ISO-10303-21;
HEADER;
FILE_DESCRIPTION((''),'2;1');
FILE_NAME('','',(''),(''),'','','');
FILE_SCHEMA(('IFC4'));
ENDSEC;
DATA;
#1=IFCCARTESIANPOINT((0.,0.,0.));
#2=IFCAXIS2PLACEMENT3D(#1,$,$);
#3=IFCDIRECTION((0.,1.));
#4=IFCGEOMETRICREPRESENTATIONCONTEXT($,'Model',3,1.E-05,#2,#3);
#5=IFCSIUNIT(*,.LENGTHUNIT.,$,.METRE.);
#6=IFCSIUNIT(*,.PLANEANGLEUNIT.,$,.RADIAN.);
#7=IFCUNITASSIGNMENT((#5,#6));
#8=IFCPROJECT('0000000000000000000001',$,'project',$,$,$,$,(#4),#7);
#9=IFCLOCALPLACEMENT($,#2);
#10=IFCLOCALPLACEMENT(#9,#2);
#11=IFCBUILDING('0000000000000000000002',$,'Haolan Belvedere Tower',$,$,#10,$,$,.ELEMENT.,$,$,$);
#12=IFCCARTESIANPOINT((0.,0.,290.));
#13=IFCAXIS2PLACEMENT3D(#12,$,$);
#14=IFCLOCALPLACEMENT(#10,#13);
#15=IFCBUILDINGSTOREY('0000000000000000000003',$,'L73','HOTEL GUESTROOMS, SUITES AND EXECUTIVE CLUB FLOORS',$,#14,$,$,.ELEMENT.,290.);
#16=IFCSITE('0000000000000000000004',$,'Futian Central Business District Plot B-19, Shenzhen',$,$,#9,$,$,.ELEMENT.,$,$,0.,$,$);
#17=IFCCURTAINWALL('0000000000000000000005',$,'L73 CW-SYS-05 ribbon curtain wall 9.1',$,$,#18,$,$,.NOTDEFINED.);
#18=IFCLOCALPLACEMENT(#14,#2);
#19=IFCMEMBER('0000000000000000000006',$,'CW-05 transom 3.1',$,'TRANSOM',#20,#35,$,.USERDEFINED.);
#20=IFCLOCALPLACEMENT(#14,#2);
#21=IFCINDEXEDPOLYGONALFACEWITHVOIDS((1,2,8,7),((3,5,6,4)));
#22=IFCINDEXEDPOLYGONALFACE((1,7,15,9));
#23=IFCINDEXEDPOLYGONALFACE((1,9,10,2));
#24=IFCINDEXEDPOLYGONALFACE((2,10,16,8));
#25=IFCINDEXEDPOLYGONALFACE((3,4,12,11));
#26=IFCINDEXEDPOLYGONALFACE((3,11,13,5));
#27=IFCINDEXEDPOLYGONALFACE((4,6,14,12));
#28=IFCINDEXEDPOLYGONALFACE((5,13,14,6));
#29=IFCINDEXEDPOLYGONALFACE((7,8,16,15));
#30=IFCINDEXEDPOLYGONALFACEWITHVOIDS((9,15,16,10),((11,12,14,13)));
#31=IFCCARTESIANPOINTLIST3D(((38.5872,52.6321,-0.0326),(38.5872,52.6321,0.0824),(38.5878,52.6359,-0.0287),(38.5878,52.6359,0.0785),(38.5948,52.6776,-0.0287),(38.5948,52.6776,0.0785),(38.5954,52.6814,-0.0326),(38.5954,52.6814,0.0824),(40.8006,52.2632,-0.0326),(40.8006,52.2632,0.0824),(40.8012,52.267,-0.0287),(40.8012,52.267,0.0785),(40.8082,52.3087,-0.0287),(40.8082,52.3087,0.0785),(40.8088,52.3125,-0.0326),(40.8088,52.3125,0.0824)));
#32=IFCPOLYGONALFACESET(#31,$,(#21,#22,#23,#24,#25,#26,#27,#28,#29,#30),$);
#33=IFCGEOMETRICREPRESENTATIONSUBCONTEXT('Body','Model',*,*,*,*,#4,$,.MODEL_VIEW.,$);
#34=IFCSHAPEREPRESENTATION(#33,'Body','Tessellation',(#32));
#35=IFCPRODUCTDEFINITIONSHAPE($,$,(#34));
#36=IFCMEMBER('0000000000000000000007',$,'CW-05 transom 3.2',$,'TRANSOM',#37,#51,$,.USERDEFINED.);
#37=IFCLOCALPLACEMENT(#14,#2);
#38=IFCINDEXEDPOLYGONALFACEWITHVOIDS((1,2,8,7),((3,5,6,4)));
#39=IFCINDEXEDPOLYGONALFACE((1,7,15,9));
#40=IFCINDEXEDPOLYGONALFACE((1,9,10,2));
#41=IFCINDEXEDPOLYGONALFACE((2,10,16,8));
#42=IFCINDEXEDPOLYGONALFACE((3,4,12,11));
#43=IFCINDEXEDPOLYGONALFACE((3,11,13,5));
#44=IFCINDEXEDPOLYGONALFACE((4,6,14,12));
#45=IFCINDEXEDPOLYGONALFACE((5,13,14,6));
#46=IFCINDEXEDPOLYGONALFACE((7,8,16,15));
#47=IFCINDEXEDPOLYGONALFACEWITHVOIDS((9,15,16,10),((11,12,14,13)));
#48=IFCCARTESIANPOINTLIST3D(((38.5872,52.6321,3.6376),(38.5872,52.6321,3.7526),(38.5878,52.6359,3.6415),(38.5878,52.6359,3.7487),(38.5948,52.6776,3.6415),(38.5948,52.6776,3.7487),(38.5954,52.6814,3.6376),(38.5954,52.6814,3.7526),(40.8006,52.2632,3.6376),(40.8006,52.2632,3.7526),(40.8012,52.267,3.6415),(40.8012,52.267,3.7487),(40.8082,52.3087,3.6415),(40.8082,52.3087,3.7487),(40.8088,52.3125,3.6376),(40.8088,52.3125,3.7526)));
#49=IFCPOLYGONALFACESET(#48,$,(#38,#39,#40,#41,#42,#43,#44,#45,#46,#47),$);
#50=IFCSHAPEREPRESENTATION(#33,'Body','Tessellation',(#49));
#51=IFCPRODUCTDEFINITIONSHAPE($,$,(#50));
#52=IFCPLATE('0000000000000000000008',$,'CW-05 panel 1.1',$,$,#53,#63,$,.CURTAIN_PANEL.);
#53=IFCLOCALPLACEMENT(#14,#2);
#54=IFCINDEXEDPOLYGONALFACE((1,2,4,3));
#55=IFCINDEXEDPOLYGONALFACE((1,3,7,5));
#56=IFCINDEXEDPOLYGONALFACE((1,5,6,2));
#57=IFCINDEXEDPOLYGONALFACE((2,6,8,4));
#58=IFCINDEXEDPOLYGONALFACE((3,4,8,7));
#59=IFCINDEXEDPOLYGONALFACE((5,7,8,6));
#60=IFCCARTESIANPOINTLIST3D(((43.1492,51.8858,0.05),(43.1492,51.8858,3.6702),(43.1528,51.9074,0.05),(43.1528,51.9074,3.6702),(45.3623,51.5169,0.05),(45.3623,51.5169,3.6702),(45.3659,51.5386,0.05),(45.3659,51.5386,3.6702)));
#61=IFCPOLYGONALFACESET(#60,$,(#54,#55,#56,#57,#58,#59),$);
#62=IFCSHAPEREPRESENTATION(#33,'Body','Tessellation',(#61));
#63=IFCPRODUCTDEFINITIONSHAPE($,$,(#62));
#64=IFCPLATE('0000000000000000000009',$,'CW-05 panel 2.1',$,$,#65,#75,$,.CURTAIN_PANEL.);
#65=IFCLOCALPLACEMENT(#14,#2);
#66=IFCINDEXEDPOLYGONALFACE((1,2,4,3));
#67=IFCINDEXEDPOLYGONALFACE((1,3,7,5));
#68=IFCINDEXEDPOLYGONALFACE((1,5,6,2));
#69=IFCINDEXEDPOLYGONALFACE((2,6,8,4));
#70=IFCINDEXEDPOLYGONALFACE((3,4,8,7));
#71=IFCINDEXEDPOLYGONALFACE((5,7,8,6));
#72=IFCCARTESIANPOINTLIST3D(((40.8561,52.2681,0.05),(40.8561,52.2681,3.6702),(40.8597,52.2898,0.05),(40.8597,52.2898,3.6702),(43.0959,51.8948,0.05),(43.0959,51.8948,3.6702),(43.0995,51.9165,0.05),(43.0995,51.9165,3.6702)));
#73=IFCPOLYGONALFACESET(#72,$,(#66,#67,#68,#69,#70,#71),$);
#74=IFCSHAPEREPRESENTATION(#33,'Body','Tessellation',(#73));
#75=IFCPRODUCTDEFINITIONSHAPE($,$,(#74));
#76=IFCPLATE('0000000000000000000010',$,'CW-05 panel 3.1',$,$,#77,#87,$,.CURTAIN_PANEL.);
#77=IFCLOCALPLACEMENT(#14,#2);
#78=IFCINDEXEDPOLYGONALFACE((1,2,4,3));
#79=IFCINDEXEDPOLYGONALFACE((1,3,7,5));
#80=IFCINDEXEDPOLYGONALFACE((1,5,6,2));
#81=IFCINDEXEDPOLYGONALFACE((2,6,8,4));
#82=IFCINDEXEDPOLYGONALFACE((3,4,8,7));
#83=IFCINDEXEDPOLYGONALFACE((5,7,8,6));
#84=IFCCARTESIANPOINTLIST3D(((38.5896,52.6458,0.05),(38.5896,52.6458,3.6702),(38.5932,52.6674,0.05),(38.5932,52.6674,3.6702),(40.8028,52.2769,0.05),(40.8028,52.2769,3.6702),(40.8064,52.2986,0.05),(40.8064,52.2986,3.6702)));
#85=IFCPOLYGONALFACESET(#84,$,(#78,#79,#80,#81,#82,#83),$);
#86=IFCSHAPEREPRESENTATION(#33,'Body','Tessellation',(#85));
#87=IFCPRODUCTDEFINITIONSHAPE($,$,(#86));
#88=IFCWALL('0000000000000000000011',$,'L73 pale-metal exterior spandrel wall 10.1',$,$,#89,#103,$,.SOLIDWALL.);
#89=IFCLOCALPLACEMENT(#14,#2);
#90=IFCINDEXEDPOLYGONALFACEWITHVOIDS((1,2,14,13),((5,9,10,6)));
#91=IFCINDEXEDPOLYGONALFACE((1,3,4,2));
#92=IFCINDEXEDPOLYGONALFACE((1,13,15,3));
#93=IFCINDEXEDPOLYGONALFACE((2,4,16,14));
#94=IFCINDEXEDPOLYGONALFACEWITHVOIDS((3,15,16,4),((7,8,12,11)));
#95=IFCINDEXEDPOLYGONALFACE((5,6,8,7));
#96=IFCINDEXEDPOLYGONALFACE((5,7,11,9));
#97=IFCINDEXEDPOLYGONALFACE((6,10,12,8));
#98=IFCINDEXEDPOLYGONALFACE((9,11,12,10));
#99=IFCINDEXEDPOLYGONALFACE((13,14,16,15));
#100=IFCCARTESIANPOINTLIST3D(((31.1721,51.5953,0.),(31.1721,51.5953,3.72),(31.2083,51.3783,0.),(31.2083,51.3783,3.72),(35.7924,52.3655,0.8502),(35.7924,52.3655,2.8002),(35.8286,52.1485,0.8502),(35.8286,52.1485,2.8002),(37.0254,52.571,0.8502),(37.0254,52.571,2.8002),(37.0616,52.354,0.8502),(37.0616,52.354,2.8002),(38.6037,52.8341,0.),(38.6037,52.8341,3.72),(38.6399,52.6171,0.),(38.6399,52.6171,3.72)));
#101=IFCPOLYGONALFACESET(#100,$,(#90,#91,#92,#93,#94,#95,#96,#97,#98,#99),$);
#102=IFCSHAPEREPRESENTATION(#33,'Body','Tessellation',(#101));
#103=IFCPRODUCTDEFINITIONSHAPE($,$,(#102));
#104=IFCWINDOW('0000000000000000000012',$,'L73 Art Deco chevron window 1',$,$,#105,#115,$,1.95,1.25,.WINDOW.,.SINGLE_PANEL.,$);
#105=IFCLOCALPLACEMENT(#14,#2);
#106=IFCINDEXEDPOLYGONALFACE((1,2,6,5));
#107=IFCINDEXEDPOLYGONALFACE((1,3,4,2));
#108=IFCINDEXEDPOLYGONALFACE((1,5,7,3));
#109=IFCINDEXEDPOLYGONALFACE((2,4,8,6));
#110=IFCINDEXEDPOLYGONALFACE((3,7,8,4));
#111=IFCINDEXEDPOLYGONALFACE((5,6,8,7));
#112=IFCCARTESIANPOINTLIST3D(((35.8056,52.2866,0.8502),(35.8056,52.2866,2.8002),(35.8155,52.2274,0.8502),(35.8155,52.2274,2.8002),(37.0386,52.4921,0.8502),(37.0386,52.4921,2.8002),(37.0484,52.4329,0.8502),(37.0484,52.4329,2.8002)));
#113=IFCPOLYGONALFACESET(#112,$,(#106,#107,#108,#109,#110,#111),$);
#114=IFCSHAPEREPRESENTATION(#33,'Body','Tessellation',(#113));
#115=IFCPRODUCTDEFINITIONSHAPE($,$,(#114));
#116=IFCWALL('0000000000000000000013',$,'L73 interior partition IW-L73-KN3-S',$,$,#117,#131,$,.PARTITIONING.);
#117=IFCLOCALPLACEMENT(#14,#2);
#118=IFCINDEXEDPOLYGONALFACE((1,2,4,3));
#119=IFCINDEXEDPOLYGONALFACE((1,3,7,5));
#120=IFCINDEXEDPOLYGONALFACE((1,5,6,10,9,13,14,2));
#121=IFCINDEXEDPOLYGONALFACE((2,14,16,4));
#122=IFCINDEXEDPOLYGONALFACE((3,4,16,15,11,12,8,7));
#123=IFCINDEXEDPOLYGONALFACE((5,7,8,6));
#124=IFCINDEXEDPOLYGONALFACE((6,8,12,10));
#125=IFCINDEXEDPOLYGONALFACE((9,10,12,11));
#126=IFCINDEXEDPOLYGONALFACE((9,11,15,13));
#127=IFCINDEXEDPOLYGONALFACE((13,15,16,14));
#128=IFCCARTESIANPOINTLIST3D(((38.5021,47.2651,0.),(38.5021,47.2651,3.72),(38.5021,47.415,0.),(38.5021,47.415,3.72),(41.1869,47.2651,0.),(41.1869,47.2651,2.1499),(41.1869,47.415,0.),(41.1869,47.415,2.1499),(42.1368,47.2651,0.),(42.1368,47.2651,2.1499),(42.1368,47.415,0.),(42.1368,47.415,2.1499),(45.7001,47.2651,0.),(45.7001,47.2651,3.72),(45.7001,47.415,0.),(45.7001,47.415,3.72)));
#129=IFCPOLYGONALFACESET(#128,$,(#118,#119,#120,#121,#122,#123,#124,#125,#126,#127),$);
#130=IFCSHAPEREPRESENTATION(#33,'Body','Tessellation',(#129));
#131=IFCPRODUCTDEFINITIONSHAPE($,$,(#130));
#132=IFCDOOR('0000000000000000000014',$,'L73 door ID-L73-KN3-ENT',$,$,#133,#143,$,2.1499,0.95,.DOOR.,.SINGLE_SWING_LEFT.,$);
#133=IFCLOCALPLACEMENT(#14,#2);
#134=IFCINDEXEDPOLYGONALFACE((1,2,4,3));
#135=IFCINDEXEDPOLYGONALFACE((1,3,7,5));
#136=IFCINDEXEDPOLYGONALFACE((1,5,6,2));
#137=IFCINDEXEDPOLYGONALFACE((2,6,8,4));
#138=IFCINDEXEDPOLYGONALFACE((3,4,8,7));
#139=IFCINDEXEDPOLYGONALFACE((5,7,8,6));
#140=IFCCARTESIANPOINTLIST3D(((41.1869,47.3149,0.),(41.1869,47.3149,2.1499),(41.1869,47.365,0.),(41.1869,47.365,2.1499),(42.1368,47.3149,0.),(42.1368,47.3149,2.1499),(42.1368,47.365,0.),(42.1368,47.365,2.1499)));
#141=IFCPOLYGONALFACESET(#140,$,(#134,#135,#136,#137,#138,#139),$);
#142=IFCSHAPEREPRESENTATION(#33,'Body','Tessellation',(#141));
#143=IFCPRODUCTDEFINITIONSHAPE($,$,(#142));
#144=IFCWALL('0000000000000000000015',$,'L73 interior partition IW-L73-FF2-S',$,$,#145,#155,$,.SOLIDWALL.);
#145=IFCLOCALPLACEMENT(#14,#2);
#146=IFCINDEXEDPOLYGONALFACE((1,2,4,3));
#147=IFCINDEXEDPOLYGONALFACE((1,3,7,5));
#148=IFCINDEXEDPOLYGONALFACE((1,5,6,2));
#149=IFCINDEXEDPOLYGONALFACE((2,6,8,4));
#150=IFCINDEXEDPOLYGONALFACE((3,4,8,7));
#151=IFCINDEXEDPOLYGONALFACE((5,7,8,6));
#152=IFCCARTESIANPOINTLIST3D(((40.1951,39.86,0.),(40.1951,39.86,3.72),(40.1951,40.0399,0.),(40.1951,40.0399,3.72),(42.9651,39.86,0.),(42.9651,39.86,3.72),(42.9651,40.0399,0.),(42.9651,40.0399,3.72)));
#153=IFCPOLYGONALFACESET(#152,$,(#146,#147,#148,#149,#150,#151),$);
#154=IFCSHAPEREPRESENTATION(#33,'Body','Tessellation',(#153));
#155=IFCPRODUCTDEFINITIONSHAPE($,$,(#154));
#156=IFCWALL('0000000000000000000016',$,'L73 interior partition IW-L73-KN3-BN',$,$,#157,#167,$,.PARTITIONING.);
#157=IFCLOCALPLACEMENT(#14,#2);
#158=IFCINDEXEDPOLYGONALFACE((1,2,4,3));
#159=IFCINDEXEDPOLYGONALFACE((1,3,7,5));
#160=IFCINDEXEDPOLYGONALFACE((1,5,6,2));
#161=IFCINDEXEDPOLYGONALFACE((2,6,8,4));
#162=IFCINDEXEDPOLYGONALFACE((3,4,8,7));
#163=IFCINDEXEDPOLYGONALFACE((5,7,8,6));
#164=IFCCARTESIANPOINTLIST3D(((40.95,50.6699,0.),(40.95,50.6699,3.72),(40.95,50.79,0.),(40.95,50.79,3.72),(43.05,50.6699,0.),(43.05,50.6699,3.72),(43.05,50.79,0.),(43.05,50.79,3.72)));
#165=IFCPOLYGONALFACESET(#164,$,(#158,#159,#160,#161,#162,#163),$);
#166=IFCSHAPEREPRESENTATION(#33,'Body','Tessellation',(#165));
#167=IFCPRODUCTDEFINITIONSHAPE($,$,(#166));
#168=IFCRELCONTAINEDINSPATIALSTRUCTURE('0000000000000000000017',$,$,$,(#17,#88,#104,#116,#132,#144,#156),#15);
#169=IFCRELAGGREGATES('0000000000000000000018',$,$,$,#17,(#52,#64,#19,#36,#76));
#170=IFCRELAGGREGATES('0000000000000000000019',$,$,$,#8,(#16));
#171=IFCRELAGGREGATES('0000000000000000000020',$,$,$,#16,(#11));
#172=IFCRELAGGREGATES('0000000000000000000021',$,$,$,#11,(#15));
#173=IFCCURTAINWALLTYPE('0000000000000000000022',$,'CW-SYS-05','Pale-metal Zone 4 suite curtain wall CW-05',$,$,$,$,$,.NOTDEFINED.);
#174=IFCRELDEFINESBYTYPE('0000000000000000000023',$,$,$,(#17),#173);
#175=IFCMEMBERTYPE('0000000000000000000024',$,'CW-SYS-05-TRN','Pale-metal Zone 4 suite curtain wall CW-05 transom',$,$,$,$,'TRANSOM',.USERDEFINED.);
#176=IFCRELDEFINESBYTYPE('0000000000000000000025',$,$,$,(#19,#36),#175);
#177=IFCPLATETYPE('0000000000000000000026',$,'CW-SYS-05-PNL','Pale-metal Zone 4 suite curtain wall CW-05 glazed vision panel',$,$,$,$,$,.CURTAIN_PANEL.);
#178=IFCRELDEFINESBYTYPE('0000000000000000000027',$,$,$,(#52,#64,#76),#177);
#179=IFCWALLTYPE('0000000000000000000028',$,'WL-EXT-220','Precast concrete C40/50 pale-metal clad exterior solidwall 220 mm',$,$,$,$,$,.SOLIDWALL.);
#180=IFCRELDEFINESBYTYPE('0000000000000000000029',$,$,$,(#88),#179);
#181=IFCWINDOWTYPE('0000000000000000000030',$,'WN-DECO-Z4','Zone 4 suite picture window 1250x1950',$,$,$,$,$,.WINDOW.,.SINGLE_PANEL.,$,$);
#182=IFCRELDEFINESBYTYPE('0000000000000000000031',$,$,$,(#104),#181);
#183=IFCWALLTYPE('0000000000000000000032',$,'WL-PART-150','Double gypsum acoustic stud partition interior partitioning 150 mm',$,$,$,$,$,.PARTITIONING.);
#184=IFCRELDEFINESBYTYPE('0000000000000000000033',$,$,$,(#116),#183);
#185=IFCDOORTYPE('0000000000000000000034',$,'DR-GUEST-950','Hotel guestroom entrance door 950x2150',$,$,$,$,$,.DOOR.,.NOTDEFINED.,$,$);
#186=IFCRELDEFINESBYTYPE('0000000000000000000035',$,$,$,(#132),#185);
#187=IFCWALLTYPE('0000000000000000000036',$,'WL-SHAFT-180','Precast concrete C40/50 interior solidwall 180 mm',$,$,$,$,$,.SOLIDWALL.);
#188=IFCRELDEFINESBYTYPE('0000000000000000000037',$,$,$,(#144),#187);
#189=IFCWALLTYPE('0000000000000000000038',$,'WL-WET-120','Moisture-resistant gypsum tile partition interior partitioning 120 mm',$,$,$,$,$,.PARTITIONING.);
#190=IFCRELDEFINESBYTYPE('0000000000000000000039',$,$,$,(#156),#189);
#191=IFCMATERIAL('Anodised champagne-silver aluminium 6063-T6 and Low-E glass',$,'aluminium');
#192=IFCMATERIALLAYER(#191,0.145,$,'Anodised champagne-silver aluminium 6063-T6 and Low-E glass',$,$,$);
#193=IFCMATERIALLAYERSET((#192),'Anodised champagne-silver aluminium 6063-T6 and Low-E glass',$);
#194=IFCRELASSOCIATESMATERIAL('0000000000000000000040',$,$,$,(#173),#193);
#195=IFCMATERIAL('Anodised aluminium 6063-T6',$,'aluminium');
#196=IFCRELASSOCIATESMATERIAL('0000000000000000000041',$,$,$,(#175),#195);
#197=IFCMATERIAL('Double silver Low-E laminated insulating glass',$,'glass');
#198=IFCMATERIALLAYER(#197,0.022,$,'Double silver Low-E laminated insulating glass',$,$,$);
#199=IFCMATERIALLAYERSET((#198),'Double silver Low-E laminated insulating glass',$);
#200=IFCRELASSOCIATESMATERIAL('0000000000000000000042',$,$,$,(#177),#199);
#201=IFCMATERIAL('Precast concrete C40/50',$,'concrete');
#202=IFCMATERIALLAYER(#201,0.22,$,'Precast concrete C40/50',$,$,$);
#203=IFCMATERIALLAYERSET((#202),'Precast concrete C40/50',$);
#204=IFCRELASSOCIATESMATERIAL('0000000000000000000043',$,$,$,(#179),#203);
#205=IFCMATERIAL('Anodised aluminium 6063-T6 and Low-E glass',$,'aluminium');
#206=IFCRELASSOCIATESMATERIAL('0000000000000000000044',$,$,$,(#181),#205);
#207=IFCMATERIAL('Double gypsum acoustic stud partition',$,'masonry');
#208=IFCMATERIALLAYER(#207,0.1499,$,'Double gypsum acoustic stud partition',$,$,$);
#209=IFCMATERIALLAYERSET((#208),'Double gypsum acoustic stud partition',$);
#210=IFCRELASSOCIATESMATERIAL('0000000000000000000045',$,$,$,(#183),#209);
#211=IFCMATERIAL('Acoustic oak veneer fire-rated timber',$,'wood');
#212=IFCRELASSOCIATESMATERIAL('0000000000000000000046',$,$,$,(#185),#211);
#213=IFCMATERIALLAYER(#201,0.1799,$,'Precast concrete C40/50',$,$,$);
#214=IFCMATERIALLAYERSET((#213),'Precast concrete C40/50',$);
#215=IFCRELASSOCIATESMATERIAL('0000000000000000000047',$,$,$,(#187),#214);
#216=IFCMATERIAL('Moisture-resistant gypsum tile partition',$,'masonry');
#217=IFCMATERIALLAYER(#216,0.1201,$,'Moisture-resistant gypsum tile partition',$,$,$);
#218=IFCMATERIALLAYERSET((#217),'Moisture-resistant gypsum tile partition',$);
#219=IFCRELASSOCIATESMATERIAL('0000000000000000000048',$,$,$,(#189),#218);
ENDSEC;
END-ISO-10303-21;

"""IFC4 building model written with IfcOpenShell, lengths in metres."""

from ifc_helpers import new_model, si_unit, direction, frame, frame_2d, origin, origin_2d, place, context, subcontext, project, spatial, rectangle, hollow_rectangle, extrude, material, layer, layer_set, material_profile, profile_set, type_object, element, fill, aggregate, save


model = new_model("IFC4")

# Units and contexts
model_context = context("Model", 3, precision=1e-05, world=origin(), true_north=direction((0.0, 1.0)))
body_context = subcontext(model_context, "Body", "Model", "MODEL_VIEW")
ifc_project = project(units=[si_unit("LENGTHUNIT", "METRE"), si_unit("PLANEANGLEUNIT", "RADIAN")], contexts=[model_context])

# Site, building, storey
site_placement = place(None, origin())
site = spatial("IfcSite", under=ifc_project, at=site_placement, Name="Futian Central Business District Plot B-19, Shenzhen", CompositionType="ELEMENT", RefElevation=0.0)
building_placement = place(site_placement, origin())
building = spatial("IfcBuilding", under=site, at=building_placement, Name="Haolan Belvedere Tower", CompositionType="ELEMENT")
storey_placement = place(building_placement, frame((0.0, 0.0, 290.0)))
storey = spatial("IfcBuildingStorey", under=building, at=storey_placement, Name="L73", Description="HOTEL GUESTROOMS, SUITES AND EXECUTIVE CLUB FLOORS", CompositionType="ELEMENT", Elevation=290.0)

# Curtain wall, members, plates
ifc_material_1 = material(Name="Anodised champagne-silver aluminium 6063-T6 and Low-E glass", Category="aluminium")
ifc_layer_1 = layer(ifc_material_1, 0.145, Name="Anodised champagne-silver aluminium 6063-T6 and Low-E glass")
ifc_layer_set_1 = layer_set([ifc_layer_1], Name="Anodised champagne-silver aluminium 6063-T6 and Low-E glass")
curtain_wall_type = type_object("IfcCurtainWallType", Name="CW-SYS-05", Description="Pale-metal Zone 4 suite curtain wall CW-05", PredefinedType="NOTDEFINED", material=ifc_layer_set_1)
curtain_wall_placement = place(storey_placement, origin())
curtain_wall = element("IfcCurtainWall", 1, at=curtain_wall_placement, inside=storey, type_object=curtain_wall_type, Name="L73 CW-SYS-05 ribbon curtain wall 9.1", PredefinedType="NOTDEFINED")
ifc_material_2 = material(Name="Anodised aluminium 6063-T6", Category="aluminium")
ifc_material_profile_1 = material_profile(ifc_material_2, hollow_rectangle(XDim=0.05, YDim=0.115, WallThickness=0.0039, at=origin_2d()), Name="Anodised aluminium 6063-T6")
ifc_profile_set_1 = profile_set([ifc_material_profile_1], Name="Anodised aluminium 6063-T6")
member_type_1 = type_object("IfcMemberType", Name="CW-SYS-05-TRN", Description="Pale-metal Zone 4 suite curtain wall CW-05 transom", ElementType="TRANSOM", PredefinedType="USERDEFINED", material=ifc_profile_set_1)
member_1_placement = place(storey_placement, frame((40.8047, 52.2878, 0.0249), z_axis=(-0.986394, 0.164399, 0.0), x_axis=(-0.164399, -0.986394, 0.0)))
member_1 = element("IfcMember", 2, at=member_1_placement, type_object=member_type_1, Name="CW-05 transom 3.1", ObjectType="TRANSOM", PredefinedType="USERDEFINED", context=body_context, shape_type="SweptSolid", body=[
    extrude(hollow_rectangle(XDim=0.05, YDim=0.115, WallThickness=0.0039, at=origin_2d()), origin(), (0.0, 0.0, 1.0), 2.2439),
])
member_2_placement = place(storey_placement, frame((40.8047, 52.2878, 3.6951), z_axis=(-0.986394, 0.164399, 0.0), x_axis=(-0.164399, -0.986394, 0.0)))
member_2 = element("IfcMember", 3, at=member_2_placement, type_object=member_type_1, Name="CW-05 transom 3.2", ObjectType="TRANSOM", PredefinedType="USERDEFINED", context=body_context, shape_type="SweptSolid", body=[
    extrude(hollow_rectangle(XDim=0.05, YDim=0.115, WallThickness=0.0039, at=origin_2d()), origin(), (0.0, 0.0, 1.0), 2.2439),
])
ifc_material_3 = material(Name="Double silver Low-E laminated insulating glass", Category="glass")
ifc_layer_2 = layer(ifc_material_3, 0.022, Name="Double silver Low-E laminated insulating glass")
ifc_layer_set_2 = layer_set([ifc_layer_2], Name="Double silver Low-E laminated insulating glass")
plate_type = type_object("IfcPlateType", Name="CW-SYS-05-PNL", Description="Pale-metal Zone 4 suite curtain wall CW-05 glazed vision panel", PredefinedType="CURTAIN_PANEL", material=ifc_layer_set_2)
plate_1_placement = place(storey_placement, frame((44.2576, 51.7122, 0.05), z_axis=(0.0, 0.0, 1.0), x_axis=(-0.986393, 0.164406, 0.0)))
plate_1 = element("IfcPlate", 4, at=plate_1_placement, type_object=plate_type, Name="CW-05 panel 1.1", PredefinedType="CURTAIN_PANEL", context=body_context, shape_type="SweptSolid", body=[
    extrude(rectangle(XDim=2.2437, YDim=0.022, at=origin_2d()), origin(), (0.0, 0.0, 1.0), 3.6201),
])
plate_2_placement = place(storey_placement, frame((41.9778, 52.0923, 0.05), z_axis=(0.0, 0.0, 1.0), x_axis=(-0.986393, 0.164406, 0.0)))
plate_2 = element("IfcPlate", 5, at=plate_2_placement, type_object=plate_type, Name="CW-05 panel 2.1", PredefinedType="CURTAIN_PANEL", context=body_context, shape_type="SweptSolid", body=[
    extrude(rectangle(XDim=2.2708, YDim=0.022, at=origin_2d()), origin(), (0.0, 0.0, 1.0), 3.6201),
])
plate_3_placement = place(storey_placement, frame((39.698, 52.4722, 0.05), z_axis=(0.0, 0.0, 1.0), x_axis=(-0.986393, 0.164406, 0.0)))
plate_3 = element("IfcPlate", 6, at=plate_3_placement, type_object=plate_type, Name="CW-05 panel 3.1", PredefinedType="CURTAIN_PANEL", context=body_context, shape_type="SweptSolid", body=[
    extrude(rectangle(XDim=2.2437, YDim=0.022, at=origin_2d()), origin(), (0.0, 0.0, 1.0), 3.6201),
])
aggregate(curtain_wall, [plate_1, plate_2, member_1, member_2, plate_3])

# Wall, opening, window
ifc_material_4 = material(Name="Precast concrete C40/50", Category="concrete")
ifc_layer_3 = layer(ifc_material_4, 0.22, Name="Precast concrete C40/50")
ifc_layer_set_3 = layer_set([ifc_layer_3], Name="Precast concrete C40/50")
wall_type_1 = type_object("IfcWallType", Name="WL-EXT-220", Description="Precast concrete C40/50 pale-metal clad exterior solidwall 220 mm", PredefinedType="SOLIDWALL", material=ifc_layer_set_3)
wall_1_placement = place(storey_placement, frame((38.6218, 52.7256, 0.0), z_axis=(0.0, 0.0, 1.0), x_axis=(-0.98639, -0.16442, 0.0)))
wall_1 = element("IfcWall", 7, at=wall_1_placement, inside=storey, type_object=wall_type_1, Name="L73 pale-metal exterior spandrel wall 10.1", PredefinedType="SOLIDWALL", context=body_context, shape_type="SweptSolid", body=[
    extrude(rectangle(XDim=7.5342, YDim=0.22, at=frame_2d((3.7671, 0.0))), origin(), (0.0, 0.0, 1.0), 3.72),
])
opening_1_placement = place(wall_1_placement, frame((1.6001, 0.0, 0.8501)))
opening_1 = element("IfcOpeningElement", 8, at=opening_1_placement, cuts=wall_1, PredefinedType="OPENING", context=body_context, shape_type="SweptSolid", body=[
    extrude(rectangle(XDim=1.25, YDim=1.95, at=frame_2d((0.625, 0.9751))), frame((0.0, 0.1199, 0.0), z_axis=(0.0, -1.0, 0.0), x_axis=(1.0, 0.0, 0.0)), (0.0, 0.0, 1.0), 0.24),
])
ifc_material_5 = material(Name="Anodised aluminium 6063-T6 and Low-E glass", Category="aluminium")
window_type = type_object("IfcWindowType", Name="WN-DECO-Z4", Description="Zone 4 suite picture window 1250x1950", PartitioningType="SINGLE_PANEL", PredefinedType="WINDOW", material=ifc_material_5)
window_placement = place(opening_1_placement, origin())
window = element("IfcWindow", 9, at=window_placement, inside=storey, type_object=window_type, Name="L73 Art Deco chevron window 1", OverallHeight=1.95, OverallWidth=1.25, PartitioningType="SINGLE_PANEL", PredefinedType="WINDOW", context=body_context, shape_type="SweptSolid", body=[
    extrude(rectangle(XDim=1.25, YDim=1.95, at=frame_2d((0.625, 0.9751))), frame((0.0, 0.03, 0.0), z_axis=(0.0, -1.0, 0.0), x_axis=(1.0, 0.0, 0.0)), (0.0, 0.0, 1.0), 0.0601),
])
fill(opening_1, window)

# Wall, opening, door
ifc_material_6 = material(Name="Double gypsum acoustic stud partition", Category="masonry")
ifc_layer_4 = layer(ifc_material_6, 0.1499, Name="Double gypsum acoustic stud partition")
ifc_layer_set_4 = layer_set([ifc_layer_4], Name="Double gypsum acoustic stud partition")
wall_type_2 = type_object("IfcWallType", Name="WL-PART-150", Description="Double gypsum acoustic stud partition interior partitioning 150 mm", PredefinedType="PARTITIONING", material=ifc_layer_set_4)
wall_2_placement = place(storey_placement, frame((38.502, 47.3401, 0.0), z_axis=(0.0, 0.0, 1.0), x_axis=(1.0, 0.0, 0.0)))
wall_2 = element("IfcWall", 10, at=wall_2_placement, inside=storey, type_object=wall_type_2, Name="L73 interior partition IW-L73-KN3-S", PredefinedType="PARTITIONING", context=body_context, shape_type="SweptSolid", body=[
    extrude(rectangle(XDim=7.198, YDim=0.1499, at=frame_2d((3.5991, 0.0))), origin(), (0.0, 0.0, 1.0), 3.72),
])
opening_2_placement = place(wall_2_placement, frame((2.6848, 0.0, 0.0)))
opening_2 = element("IfcOpeningElement", 11, at=opening_2_placement, cuts=wall_2, PredefinedType="OPENING", context=body_context, shape_type="SweptSolid", body=[
    extrude(rectangle(XDim=0.95, YDim=2.1499, at=frame_2d((0.4751, 1.075))), frame((0.0, 0.085, 0.0), z_axis=(0.0, -1.0, 0.0), x_axis=(1.0, 0.0, 0.0)), (0.0, 0.0, 1.0), 0.1699),
])
ifc_material_7 = material(Name="Acoustic oak veneer fire-rated timber", Category="wood")
door_type_1 = type_object("IfcDoorType", Name="DR-GUEST-950", Description="Hotel guestroom entrance door 950x2150", OperationType="NOTDEFINED", PredefinedType="DOOR", material=ifc_material_7)
door_1_placement = place(opening_2_placement, origin())
door_1 = element("IfcDoor", 12, at=door_1_placement, inside=storey, type_object=door_type_1, Name="L73 door ID-L73-KN3-ENT", OperationType="SINGLE_SWING_LEFT", OverallHeight=2.1499, OverallWidth=0.95, PredefinedType="DOOR", context=body_context, shape_type="SweptSolid", body=[
    extrude(rectangle(XDim=0.95, YDim=2.1499, at=frame_2d((0.4751, 1.075))), frame((0.0, 0.0249, 0.0), z_axis=(0.0, -1.0, 0.0), x_axis=(1.0, 0.0, 0.0)), (0.0, 0.0, 1.0), 0.05),
])
fill(opening_2, door_1)

# Walls
ifc_layer_5 = layer(ifc_material_4, 0.1799, Name="Precast concrete C40/50")
ifc_layer_set_5 = layer_set([ifc_layer_5], Name="Precast concrete C40/50")
wall_type_3 = type_object("IfcWallType", Name="WL-SHAFT-180", Description="Precast concrete C40/50 interior solidwall 180 mm", PredefinedType="SOLIDWALL", material=ifc_layer_set_5)
wall_3_placement = place(storey_placement, frame((40.1951, 39.95, 0.0), z_axis=(0.0, 0.0, 1.0), x_axis=(1.0, 0.0, 0.0)))
element("IfcWall", 13, at=wall_3_placement, inside=storey, type_object=wall_type_3, Name="L73 interior partition IW-L73-FF2-S", PredefinedType="SOLIDWALL", context=body_context, shape_type="SweptSolid", body=[
    extrude(rectangle(XDim=2.77, YDim=0.1799, at=frame_2d((1.385, 0.0))), origin(), (0.0, 0.0, 1.0), 3.72),
])
ifc_material_8 = material(Name="Moisture-resistant gypsum tile partition", Category="masonry")
ifc_layer_6 = layer(ifc_material_8, 0.1201, Name="Moisture-resistant gypsum tile partition")
ifc_layer_set_6 = layer_set([ifc_layer_6], Name="Moisture-resistant gypsum tile partition")
wall_type_4 = type_object("IfcWallType", Name="WL-WET-120", Description="Moisture-resistant gypsum tile partition interior partitioning 120 mm", PredefinedType="PARTITIONING", material=ifc_layer_set_6)
wall_4_placement = place(storey_placement, frame((40.95, 50.73, 0.0), z_axis=(0.0, 0.0, 1.0), x_axis=(1.0, 0.0, 0.0)))
element("IfcWall", 14, at=wall_4_placement, inside=storey, type_object=wall_type_4, Name="L73 interior partition IW-L73-KN3-BN", PredefinedType="PARTITIONING", context=body_context, shape_type="SweptSolid", body=[
    extrude(rectangle(XDim=2.1001, YDim=0.1201, at=frame_2d((1.05, 0.0))), origin(), (0.0, 0.0, 1.0), 3.72),
])

save(model, "model.ifc")
